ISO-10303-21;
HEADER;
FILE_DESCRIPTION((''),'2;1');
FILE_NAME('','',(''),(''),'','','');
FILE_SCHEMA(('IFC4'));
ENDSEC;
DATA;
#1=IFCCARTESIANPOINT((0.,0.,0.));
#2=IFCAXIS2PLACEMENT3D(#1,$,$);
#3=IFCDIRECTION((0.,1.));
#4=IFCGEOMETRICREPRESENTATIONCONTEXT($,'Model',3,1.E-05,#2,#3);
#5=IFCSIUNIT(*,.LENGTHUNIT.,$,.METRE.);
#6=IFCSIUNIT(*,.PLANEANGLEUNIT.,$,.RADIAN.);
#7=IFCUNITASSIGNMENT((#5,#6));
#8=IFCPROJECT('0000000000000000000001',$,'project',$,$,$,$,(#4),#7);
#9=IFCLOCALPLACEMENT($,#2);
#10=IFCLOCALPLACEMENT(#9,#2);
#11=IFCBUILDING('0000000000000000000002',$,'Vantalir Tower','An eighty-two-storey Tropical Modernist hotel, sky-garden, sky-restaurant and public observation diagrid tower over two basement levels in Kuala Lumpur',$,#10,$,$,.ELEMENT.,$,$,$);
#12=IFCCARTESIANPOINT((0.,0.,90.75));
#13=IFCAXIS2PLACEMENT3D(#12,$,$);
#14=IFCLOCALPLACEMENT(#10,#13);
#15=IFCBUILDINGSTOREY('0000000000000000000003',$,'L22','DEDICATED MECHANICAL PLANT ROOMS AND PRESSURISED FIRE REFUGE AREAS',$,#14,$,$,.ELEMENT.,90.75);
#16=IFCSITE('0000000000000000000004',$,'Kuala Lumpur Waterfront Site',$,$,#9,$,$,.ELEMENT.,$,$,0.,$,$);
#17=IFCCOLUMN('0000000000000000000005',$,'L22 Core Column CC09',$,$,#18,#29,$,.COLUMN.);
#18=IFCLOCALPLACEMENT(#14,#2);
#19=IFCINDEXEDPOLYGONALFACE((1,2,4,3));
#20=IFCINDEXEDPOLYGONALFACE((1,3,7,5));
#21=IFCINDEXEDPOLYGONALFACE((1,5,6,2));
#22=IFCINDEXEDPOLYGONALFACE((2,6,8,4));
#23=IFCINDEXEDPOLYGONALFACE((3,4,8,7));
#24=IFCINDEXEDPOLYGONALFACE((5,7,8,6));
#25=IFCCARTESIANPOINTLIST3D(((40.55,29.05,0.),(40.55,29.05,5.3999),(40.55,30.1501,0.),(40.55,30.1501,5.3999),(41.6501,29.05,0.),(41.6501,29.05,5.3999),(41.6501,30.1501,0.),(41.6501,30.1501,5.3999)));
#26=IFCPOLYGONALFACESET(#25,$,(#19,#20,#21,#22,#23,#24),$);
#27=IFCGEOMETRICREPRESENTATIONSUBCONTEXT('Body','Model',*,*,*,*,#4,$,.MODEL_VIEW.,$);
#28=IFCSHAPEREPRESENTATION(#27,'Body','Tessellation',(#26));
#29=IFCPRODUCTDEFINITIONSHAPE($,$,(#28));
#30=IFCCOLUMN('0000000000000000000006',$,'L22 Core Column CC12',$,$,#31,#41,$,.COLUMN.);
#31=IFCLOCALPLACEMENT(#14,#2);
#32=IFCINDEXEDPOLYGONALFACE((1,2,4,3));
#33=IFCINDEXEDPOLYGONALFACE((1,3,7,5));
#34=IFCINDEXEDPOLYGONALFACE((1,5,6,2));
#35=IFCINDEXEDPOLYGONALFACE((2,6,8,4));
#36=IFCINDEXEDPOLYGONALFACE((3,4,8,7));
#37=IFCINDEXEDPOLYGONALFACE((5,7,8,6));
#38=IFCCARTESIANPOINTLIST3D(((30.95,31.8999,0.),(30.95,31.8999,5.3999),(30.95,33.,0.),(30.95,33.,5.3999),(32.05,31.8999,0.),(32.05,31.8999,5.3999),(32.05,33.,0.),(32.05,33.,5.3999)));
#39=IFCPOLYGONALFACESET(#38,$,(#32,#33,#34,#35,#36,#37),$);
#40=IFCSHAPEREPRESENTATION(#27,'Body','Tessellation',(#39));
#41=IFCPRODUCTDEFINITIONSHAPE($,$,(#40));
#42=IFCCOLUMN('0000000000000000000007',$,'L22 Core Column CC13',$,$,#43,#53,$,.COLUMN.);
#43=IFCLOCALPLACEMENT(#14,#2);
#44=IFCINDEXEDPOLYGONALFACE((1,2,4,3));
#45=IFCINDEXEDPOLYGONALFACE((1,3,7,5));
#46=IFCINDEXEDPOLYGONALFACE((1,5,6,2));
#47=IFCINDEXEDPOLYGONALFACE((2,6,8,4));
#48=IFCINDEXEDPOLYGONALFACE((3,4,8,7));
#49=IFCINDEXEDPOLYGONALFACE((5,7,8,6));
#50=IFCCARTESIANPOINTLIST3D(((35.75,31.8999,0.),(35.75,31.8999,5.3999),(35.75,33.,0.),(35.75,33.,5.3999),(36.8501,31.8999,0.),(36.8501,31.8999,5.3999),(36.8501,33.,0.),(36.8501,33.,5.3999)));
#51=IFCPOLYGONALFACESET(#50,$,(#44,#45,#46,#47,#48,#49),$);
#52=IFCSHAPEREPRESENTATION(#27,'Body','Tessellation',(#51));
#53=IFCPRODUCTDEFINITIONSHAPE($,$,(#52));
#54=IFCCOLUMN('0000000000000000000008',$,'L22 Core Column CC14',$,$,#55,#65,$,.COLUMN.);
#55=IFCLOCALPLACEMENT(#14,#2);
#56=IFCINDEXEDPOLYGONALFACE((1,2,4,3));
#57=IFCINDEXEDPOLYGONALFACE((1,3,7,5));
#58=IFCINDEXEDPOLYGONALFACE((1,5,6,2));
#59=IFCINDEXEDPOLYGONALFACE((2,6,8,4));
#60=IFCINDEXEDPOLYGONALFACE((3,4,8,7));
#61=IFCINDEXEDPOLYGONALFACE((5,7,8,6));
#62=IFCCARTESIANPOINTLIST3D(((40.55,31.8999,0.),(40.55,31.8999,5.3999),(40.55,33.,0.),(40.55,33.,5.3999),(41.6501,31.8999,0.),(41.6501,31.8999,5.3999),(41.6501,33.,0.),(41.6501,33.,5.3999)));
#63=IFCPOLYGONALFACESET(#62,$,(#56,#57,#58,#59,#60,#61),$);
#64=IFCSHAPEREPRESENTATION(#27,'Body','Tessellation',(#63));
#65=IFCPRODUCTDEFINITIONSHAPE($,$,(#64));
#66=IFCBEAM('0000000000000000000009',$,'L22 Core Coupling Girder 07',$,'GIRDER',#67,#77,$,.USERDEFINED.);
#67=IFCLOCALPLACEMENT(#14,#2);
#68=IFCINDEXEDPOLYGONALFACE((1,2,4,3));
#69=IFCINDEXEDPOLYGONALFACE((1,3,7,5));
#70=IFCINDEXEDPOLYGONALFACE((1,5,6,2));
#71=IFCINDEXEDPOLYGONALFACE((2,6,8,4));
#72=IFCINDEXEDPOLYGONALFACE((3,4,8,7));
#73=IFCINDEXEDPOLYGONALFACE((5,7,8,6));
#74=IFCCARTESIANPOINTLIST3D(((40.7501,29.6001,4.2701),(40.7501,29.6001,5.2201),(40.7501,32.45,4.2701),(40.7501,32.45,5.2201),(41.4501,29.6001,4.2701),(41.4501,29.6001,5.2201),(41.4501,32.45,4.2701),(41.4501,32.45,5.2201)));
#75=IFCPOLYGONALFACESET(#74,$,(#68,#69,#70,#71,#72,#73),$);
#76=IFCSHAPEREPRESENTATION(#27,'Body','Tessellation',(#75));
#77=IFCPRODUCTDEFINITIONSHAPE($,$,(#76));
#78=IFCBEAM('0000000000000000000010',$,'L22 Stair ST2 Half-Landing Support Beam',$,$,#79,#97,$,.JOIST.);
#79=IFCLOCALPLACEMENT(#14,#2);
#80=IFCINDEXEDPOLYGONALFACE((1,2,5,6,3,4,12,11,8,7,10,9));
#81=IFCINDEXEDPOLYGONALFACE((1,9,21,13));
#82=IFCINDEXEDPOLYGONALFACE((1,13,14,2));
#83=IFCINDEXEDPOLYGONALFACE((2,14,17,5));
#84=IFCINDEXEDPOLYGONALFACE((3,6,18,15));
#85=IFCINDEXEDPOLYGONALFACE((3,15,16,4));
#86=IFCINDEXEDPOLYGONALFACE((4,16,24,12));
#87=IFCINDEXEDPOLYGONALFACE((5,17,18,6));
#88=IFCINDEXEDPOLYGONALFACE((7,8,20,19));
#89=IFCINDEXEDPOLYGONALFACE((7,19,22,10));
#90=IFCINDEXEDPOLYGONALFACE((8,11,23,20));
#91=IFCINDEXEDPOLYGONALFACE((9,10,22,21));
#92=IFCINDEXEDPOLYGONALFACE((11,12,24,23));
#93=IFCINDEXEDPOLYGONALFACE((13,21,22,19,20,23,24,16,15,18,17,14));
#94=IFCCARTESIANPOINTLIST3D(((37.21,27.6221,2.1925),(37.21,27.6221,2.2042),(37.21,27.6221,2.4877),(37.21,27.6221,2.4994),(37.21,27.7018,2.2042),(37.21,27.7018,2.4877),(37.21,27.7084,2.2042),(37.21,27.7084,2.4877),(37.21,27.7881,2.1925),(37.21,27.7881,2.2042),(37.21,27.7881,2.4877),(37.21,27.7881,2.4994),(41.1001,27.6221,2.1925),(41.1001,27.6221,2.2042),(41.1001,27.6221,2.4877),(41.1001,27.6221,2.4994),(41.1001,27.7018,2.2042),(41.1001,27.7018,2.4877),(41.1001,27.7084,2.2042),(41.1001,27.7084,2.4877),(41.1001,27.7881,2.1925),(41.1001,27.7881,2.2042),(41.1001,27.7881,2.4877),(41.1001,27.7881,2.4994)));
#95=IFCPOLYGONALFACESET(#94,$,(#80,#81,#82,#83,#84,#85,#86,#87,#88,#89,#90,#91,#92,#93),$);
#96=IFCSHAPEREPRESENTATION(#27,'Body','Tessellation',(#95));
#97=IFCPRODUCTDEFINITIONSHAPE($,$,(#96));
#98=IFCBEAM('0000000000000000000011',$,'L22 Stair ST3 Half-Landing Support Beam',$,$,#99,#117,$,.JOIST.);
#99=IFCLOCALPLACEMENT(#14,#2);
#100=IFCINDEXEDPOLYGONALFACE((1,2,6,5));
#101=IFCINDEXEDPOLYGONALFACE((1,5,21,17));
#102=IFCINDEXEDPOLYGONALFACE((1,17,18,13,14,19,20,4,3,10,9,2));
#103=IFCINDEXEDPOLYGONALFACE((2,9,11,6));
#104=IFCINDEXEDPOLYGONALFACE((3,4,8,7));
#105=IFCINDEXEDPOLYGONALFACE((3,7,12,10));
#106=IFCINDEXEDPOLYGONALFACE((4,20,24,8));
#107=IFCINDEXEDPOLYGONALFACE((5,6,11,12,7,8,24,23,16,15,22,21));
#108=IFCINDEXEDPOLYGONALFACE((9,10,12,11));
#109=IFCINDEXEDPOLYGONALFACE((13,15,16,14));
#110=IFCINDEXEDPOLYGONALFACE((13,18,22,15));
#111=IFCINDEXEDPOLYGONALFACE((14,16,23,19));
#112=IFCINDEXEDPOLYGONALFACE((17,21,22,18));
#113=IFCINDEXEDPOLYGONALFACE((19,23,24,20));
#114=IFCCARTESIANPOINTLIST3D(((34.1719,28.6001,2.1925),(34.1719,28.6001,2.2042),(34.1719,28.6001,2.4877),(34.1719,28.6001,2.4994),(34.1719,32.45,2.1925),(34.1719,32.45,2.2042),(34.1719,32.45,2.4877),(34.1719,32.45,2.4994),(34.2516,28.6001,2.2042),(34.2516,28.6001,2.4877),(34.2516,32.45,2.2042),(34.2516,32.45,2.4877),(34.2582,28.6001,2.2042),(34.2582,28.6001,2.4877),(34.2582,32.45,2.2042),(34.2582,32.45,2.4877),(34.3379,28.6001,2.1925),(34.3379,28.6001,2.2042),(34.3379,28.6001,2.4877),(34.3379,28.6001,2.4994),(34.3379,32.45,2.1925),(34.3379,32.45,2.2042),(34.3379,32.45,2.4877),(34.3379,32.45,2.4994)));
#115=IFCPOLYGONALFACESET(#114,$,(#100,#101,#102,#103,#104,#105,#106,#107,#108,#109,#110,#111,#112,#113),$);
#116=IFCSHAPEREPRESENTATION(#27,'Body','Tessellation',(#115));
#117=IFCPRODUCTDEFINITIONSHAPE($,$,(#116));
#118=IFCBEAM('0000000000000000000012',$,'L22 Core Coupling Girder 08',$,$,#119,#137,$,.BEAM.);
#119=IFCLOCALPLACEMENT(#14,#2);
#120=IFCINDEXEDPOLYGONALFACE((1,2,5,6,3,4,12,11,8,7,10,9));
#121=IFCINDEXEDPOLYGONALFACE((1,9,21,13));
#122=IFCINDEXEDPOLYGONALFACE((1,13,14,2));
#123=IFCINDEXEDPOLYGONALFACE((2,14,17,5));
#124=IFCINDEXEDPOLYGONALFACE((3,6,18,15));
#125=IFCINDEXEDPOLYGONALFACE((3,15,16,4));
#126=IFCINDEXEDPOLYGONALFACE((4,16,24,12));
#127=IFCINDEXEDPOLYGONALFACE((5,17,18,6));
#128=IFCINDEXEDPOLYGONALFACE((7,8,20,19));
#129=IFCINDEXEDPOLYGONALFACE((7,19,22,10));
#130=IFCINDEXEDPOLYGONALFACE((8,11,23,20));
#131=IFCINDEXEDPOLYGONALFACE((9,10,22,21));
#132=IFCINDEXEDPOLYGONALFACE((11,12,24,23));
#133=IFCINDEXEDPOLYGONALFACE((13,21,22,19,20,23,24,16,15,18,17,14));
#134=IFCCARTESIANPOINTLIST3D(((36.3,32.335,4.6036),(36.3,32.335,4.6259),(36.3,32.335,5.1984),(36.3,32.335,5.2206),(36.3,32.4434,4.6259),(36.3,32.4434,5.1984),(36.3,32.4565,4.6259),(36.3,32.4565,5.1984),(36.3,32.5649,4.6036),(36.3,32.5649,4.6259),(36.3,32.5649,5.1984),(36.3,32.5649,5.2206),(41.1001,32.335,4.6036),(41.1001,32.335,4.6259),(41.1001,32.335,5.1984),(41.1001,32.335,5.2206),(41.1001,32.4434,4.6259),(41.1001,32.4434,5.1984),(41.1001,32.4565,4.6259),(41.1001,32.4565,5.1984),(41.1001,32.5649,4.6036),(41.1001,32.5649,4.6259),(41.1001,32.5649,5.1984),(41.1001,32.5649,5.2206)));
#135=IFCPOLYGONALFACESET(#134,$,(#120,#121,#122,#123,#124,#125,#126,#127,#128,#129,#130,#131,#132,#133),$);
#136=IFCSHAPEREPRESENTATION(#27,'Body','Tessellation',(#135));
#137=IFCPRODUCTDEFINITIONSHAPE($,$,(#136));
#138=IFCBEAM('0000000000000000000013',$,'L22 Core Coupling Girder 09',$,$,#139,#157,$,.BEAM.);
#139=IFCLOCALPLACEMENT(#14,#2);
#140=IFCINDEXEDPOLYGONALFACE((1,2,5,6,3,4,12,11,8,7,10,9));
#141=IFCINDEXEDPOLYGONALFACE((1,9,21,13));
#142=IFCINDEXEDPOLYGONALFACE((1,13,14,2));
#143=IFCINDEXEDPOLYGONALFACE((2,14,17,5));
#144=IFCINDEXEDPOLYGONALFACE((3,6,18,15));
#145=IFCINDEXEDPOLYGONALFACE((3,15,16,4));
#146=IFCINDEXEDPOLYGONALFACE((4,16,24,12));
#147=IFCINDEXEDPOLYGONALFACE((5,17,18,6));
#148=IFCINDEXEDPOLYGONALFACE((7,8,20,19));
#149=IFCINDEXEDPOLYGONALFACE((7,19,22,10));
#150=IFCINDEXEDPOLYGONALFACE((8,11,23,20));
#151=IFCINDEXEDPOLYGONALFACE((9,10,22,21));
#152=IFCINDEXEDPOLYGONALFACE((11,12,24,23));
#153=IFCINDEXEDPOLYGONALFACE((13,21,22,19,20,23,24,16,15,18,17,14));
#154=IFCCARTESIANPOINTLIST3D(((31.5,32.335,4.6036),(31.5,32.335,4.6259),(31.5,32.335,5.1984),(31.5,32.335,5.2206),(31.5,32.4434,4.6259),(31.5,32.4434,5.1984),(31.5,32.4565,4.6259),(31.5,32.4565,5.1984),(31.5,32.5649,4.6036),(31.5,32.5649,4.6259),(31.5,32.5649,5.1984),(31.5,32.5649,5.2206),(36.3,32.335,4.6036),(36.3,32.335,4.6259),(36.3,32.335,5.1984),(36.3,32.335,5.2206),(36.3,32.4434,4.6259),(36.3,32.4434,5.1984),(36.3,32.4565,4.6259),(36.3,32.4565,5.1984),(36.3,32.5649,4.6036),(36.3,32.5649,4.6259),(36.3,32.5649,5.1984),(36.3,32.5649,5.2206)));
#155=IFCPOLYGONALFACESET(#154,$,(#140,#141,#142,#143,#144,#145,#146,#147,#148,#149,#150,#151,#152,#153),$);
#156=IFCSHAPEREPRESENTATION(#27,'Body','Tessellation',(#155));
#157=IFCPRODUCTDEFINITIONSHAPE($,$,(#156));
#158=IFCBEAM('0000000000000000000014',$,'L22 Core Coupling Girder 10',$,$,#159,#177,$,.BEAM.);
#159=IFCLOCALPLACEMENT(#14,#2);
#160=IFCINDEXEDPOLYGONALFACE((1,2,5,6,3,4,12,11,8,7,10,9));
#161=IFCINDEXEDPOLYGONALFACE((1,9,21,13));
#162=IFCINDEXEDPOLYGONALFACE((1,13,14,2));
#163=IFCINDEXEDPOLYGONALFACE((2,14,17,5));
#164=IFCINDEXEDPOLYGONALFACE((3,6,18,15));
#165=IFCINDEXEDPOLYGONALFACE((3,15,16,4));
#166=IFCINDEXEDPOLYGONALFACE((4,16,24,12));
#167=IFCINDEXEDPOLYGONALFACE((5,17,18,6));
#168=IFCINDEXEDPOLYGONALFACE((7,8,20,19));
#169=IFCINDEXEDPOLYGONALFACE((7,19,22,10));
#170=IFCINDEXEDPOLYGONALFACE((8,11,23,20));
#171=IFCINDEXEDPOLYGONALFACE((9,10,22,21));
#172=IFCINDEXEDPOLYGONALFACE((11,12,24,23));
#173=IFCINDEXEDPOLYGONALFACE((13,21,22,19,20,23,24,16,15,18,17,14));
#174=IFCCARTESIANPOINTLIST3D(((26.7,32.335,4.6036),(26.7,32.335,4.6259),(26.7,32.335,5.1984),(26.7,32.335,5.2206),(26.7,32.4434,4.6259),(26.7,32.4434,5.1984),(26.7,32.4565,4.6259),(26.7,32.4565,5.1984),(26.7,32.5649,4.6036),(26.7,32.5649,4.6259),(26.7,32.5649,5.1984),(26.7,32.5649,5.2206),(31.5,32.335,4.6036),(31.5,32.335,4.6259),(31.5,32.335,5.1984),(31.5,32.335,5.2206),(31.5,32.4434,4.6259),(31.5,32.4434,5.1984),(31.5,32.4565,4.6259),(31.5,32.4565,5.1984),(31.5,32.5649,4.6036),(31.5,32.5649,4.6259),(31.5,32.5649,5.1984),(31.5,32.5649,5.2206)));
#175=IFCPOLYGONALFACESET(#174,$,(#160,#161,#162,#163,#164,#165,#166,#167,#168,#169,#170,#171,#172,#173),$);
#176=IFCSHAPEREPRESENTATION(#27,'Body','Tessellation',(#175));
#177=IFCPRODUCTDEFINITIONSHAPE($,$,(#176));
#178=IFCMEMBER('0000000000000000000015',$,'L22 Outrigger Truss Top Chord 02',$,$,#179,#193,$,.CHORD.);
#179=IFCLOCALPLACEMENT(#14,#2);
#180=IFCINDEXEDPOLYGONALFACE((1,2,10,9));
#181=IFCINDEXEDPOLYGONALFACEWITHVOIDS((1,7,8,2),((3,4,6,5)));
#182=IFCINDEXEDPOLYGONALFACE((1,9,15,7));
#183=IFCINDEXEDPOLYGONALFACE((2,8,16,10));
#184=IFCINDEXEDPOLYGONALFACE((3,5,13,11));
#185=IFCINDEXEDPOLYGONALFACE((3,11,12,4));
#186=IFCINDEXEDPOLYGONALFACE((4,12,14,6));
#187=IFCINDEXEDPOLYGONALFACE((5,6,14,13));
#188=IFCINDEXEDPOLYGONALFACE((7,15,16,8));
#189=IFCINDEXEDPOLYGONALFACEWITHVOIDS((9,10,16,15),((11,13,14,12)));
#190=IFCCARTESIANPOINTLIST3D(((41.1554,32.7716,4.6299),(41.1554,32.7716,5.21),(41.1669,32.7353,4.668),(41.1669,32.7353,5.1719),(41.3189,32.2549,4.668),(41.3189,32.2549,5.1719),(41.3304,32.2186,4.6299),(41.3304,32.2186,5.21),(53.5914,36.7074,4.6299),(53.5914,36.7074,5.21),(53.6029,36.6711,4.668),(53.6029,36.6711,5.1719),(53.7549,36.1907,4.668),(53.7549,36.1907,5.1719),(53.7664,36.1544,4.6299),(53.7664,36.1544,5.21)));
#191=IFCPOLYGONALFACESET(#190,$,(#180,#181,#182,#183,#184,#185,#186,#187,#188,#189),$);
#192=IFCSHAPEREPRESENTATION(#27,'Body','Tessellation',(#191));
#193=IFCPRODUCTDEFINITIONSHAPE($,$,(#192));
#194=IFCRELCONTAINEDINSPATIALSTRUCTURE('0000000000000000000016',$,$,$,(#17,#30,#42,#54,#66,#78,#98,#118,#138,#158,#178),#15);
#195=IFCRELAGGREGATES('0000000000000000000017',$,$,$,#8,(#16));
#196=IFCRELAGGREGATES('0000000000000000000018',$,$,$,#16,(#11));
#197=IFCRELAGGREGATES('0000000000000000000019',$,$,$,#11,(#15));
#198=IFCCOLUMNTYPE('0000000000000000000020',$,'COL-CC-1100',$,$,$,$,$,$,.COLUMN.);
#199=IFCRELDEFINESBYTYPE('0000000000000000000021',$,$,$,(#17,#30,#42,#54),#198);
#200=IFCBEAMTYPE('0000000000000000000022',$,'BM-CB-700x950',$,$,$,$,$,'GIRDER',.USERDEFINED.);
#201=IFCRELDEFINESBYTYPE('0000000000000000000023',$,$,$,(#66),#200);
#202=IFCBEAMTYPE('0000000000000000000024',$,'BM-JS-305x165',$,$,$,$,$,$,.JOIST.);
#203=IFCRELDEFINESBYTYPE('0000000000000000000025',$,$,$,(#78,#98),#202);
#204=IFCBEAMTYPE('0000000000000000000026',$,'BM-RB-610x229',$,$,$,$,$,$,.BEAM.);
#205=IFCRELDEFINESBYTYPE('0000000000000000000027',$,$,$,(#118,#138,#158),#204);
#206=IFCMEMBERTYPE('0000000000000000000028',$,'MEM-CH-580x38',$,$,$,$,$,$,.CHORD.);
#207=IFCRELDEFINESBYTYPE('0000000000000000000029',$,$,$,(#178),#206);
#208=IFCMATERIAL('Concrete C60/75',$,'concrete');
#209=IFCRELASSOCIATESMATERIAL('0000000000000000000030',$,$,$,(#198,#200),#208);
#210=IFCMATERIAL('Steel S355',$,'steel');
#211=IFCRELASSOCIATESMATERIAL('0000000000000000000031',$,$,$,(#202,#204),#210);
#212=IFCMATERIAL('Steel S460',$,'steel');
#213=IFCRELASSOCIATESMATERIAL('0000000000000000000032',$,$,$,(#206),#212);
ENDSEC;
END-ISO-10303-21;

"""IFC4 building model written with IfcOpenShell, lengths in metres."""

from ifc_helpers import new_model, si_unit, direction, frame, origin, origin_2d, place, context, subcontext, project, spatial, rectangle, hollow_rectangle, i_section, extrude, material, material_profile, profile_set, type_object, element, save


model = new_model("IFC4")

# Units and contexts
model_context = context("Model", 3, precision=1e-05, world=origin(), true_north=direction((0.0, 1.0)))
body_context = subcontext(model_context, "Body", "Model", "MODEL_VIEW")
ifc_project = project(units=[si_unit("LENGTHUNIT", "METRE"), si_unit("PLANEANGLEUNIT", "RADIAN")], contexts=[model_context])

# Site, building, storey
site_placement = place(None, origin())
site = spatial("IfcSite", under=ifc_project, at=site_placement, Name="Kuala Lumpur Waterfront Site", CompositionType="ELEMENT", RefElevation=0.0)
building_placement = place(site_placement, origin())
building = spatial("IfcBuilding", under=site, at=building_placement, Name="Vantalir Tower", Description="An eighty-two-storey Tropical Modernist hotel, sky-garden, sky-restaurant and public observation diagrid tower over two basement levels in Kuala Lumpur", CompositionType="ELEMENT")
storey_placement = place(building_placement, frame((0.0, 0.0, 90.75)))
storey = spatial("IfcBuildingStorey", under=building, at=storey_placement, Name="L22", Description="DEDICATED MECHANICAL PLANT ROOMS AND PRESSURISED FIRE REFUGE AREAS", CompositionType="ELEMENT", Elevation=90.75)

# Columns
ifc_material_1 = material(Name="Concrete C60/75", Category="concrete")
ifc_material_profile_1 = material_profile(ifc_material_1, rectangle(XDim=1.1001, YDim=1.1001, at=origin_2d()), Name="Concrete C60/75")
ifc_profile_set_1 = profile_set([ifc_material_profile_1], Name="Concrete C60/75")
column_type = type_object("IfcColumnType", Name="COL-CC-1100", PredefinedType="COLUMN", material=ifc_profile_set_1)
for number, where, z_axis, x_axis, name in (
    (1, (41.1001, 29.6001, 0.0), (0.0, 0.0, 1.0), (1.0, 0.0, 0.0), "L22 Core Column CC09"),
    (2, (31.5, 32.45, 0.0), (0.0, 0.0, 1.0), (1.0, 0.0, 0.0), "L22 Core Column CC12"),
    (3, (36.3, 32.45, 0.0), (0.0, 0.0, 1.0), (1.0, 0.0, 0.0), "L22 Core Column CC13"),
    (4, (41.1001, 32.45, 0.0), (0.0, 0.0, 1.0), (1.0, 0.0, 0.0), "L22 Core Column CC14"),
):
    element("IfcColumn", number, at=place(storey_placement, frame(where, z_axis=z_axis, x_axis=x_axis)), inside=storey, type_object=column_type, Name=name, PredefinedType="COLUMN", context=body_context, shape_type="SweptSolid", body=[
        extrude(rectangle(XDim=1.1001, YDim=1.1001, at=origin_2d()), origin(), (0.0, 0.0, 1.0), 5.3999),
    ])

# Beams
ifc_material_profile_2 = material_profile(ifc_material_1, rectangle(XDim=0.7, YDim=0.95, at=origin_2d()), Name="Concrete C60/75")
ifc_profile_set_2 = profile_set([ifc_material_profile_2], Name="Concrete C60/75")
beam_type_1 = type_object("IfcBeamType", Name="BM-CB-700x950", ElementType="GIRDER", PredefinedType="USERDEFINED", material=ifc_profile_set_2)
beam_1_placement = place(storey_placement, frame((41.1001, 29.6001, 4.7451), z_axis=(0.0, 1.0, 0.0), x_axis=(-1.0, 0.0, 0.0)))
element("IfcBeam", 5, at=beam_1_placement, inside=storey, type_object=beam_type_1, Name="L22 Core Coupling Girder 07", ObjectType="GIRDER", PredefinedType="USERDEFINED", context=body_context, shape_type="SweptSolid", body=[
    extrude(rectangle(XDim=0.7, YDim=0.95, at=origin_2d()), origin(), (0.0, 0.0, 1.0), 2.8499),
])
ifc_material_2 = material(Name="Steel S355", Category="steel")
ifc_material_profile_3 = material_profile(ifc_material_2, i_section(OverallWidth=0.166, OverallDepth=0.3069, WebThickness=0.0066, FlangeThickness=0.0117, at=origin_2d()), Name="Steel S355")
ifc_profile_set_3 = profile_set([ifc_material_profile_3], Name="Steel S355")
beam_type_2 = type_object("IfcBeamType", Name="BM-JS-305x165", PredefinedType="JOIST", material=ifc_profile_set_3)
beam_2_placement = place(storey_placement, frame((37.21, 27.7051, 2.3459), z_axis=(1.0, 0.0, 0.0), x_axis=(0.0, 1.0, 0.0)))
element("IfcBeam", 6, at=beam_2_placement, inside=storey, type_object=beam_type_2, Name="L22 Stair ST2 Half-Landing Support Beam", PredefinedType="JOIST", context=body_context, shape_type="SweptSolid", body=[
    extrude(i_section(OverallWidth=0.166, OverallDepth=0.3069, WebThickness=0.0066, FlangeThickness=0.0117, at=origin_2d()), origin(), (0.0, 0.0, 1.0), 3.8901),
])
beam_3_placement = place(storey_placement, frame((34.2549, 28.6001, 2.3459), z_axis=(0.0, 1.0, 0.0), x_axis=(-1.0, 0.0, 0.0)))
element("IfcBeam", 7, at=beam_3_placement, inside=storey, type_object=beam_type_2, Name="L22 Stair ST3 Half-Landing Support Beam", PredefinedType="JOIST", context=body_context, shape_type="SweptSolid", body=[
    extrude(i_section(OverallWidth=0.166, OverallDepth=0.3069, WebThickness=0.0066, FlangeThickness=0.0117, at=origin_2d()), origin(), (0.0, 0.0, 1.0), 3.8499),
])
ifc_material_profile_4 = material_profile(ifc_material_2, i_section(OverallWidth=0.23, OverallDepth=0.6169, WebThickness=0.0132, FlangeThickness=0.0222, at=origin_2d()), Name="Steel S355")
ifc_profile_set_4 = profile_set([ifc_material_profile_4], Name="Steel S355")
beam_type_3 = type_object("IfcBeamType", Name="BM-RB-610x229", PredefinedType="BEAM", material=ifc_profile_set_4)
for number, where, z_axis, x_axis, name in (
    (8, (41.1001, 32.45, 4.9121), (-1.0, 0.0, 0.0), (0.0, -1.0, 0.0), "L22 Core Coupling Girder 08"),
    (9, (36.3, 32.45, 4.9121), (-1.0, 0.0, 0.0), (0.0, -1.0, 0.0), "L22 Core Coupling Girder 09"),
    (10, (31.5, 32.45, 4.9121), (-1.0, 0.0, 0.0), (0.0, -1.0, 0.0), "L22 Core Coupling Girder 10"),
):
    element("IfcBeam", number, at=place(storey_placement, frame(where, z_axis=z_axis, x_axis=x_axis)), inside=storey, type_object=beam_type_3, Name=name, PredefinedType="BEAM", context=body_context, shape_type="SweptSolid", body=[
        extrude(i_section(OverallWidth=0.23, OverallDepth=0.6169, WebThickness=0.0132, FlangeThickness=0.0222, at=origin_2d()), origin(), (0.0, 0.0, 1.0), 4.8),
    ])

# Member
ifc_material_3 = material(Name="Steel S460", Category="steel")
ifc_material_profile_5 = material_profile(ifc_material_3, hollow_rectangle(XDim=0.5801, YDim=0.5801, WallThickness=0.0381, at=origin_2d()), Name="Steel S460")
ifc_profile_set_5 = profile_set([ifc_material_profile_5], Name="Steel S460")
member_type_1 = type_object("IfcMemberType", Name="MEM-CH-580x38", PredefinedType="CHORD", material=ifc_profile_set_5)
member_1_placement = place(storey_placement, frame((41.2429, 32.4951, 4.9199), z_axis=(0.953393, 0.301732, 0.0), x_axis=(-0.301732, 0.953393, 0.0)))
element("IfcMember", 11, at=member_1_placement, inside=storey, type_object=member_type_1, Name="L22 Outrigger Truss Top Chord 02", PredefinedType="CHORD", context=body_context, shape_type="SweptSolid", body=[
    extrude(hollow_rectangle(XDim=0.5801, YDim=0.5801, WallThickness=0.0381, at=origin_2d()), origin(), (0.0, 0.0, 1.0), 13.0439),
])

save(model, "model.ifc")
